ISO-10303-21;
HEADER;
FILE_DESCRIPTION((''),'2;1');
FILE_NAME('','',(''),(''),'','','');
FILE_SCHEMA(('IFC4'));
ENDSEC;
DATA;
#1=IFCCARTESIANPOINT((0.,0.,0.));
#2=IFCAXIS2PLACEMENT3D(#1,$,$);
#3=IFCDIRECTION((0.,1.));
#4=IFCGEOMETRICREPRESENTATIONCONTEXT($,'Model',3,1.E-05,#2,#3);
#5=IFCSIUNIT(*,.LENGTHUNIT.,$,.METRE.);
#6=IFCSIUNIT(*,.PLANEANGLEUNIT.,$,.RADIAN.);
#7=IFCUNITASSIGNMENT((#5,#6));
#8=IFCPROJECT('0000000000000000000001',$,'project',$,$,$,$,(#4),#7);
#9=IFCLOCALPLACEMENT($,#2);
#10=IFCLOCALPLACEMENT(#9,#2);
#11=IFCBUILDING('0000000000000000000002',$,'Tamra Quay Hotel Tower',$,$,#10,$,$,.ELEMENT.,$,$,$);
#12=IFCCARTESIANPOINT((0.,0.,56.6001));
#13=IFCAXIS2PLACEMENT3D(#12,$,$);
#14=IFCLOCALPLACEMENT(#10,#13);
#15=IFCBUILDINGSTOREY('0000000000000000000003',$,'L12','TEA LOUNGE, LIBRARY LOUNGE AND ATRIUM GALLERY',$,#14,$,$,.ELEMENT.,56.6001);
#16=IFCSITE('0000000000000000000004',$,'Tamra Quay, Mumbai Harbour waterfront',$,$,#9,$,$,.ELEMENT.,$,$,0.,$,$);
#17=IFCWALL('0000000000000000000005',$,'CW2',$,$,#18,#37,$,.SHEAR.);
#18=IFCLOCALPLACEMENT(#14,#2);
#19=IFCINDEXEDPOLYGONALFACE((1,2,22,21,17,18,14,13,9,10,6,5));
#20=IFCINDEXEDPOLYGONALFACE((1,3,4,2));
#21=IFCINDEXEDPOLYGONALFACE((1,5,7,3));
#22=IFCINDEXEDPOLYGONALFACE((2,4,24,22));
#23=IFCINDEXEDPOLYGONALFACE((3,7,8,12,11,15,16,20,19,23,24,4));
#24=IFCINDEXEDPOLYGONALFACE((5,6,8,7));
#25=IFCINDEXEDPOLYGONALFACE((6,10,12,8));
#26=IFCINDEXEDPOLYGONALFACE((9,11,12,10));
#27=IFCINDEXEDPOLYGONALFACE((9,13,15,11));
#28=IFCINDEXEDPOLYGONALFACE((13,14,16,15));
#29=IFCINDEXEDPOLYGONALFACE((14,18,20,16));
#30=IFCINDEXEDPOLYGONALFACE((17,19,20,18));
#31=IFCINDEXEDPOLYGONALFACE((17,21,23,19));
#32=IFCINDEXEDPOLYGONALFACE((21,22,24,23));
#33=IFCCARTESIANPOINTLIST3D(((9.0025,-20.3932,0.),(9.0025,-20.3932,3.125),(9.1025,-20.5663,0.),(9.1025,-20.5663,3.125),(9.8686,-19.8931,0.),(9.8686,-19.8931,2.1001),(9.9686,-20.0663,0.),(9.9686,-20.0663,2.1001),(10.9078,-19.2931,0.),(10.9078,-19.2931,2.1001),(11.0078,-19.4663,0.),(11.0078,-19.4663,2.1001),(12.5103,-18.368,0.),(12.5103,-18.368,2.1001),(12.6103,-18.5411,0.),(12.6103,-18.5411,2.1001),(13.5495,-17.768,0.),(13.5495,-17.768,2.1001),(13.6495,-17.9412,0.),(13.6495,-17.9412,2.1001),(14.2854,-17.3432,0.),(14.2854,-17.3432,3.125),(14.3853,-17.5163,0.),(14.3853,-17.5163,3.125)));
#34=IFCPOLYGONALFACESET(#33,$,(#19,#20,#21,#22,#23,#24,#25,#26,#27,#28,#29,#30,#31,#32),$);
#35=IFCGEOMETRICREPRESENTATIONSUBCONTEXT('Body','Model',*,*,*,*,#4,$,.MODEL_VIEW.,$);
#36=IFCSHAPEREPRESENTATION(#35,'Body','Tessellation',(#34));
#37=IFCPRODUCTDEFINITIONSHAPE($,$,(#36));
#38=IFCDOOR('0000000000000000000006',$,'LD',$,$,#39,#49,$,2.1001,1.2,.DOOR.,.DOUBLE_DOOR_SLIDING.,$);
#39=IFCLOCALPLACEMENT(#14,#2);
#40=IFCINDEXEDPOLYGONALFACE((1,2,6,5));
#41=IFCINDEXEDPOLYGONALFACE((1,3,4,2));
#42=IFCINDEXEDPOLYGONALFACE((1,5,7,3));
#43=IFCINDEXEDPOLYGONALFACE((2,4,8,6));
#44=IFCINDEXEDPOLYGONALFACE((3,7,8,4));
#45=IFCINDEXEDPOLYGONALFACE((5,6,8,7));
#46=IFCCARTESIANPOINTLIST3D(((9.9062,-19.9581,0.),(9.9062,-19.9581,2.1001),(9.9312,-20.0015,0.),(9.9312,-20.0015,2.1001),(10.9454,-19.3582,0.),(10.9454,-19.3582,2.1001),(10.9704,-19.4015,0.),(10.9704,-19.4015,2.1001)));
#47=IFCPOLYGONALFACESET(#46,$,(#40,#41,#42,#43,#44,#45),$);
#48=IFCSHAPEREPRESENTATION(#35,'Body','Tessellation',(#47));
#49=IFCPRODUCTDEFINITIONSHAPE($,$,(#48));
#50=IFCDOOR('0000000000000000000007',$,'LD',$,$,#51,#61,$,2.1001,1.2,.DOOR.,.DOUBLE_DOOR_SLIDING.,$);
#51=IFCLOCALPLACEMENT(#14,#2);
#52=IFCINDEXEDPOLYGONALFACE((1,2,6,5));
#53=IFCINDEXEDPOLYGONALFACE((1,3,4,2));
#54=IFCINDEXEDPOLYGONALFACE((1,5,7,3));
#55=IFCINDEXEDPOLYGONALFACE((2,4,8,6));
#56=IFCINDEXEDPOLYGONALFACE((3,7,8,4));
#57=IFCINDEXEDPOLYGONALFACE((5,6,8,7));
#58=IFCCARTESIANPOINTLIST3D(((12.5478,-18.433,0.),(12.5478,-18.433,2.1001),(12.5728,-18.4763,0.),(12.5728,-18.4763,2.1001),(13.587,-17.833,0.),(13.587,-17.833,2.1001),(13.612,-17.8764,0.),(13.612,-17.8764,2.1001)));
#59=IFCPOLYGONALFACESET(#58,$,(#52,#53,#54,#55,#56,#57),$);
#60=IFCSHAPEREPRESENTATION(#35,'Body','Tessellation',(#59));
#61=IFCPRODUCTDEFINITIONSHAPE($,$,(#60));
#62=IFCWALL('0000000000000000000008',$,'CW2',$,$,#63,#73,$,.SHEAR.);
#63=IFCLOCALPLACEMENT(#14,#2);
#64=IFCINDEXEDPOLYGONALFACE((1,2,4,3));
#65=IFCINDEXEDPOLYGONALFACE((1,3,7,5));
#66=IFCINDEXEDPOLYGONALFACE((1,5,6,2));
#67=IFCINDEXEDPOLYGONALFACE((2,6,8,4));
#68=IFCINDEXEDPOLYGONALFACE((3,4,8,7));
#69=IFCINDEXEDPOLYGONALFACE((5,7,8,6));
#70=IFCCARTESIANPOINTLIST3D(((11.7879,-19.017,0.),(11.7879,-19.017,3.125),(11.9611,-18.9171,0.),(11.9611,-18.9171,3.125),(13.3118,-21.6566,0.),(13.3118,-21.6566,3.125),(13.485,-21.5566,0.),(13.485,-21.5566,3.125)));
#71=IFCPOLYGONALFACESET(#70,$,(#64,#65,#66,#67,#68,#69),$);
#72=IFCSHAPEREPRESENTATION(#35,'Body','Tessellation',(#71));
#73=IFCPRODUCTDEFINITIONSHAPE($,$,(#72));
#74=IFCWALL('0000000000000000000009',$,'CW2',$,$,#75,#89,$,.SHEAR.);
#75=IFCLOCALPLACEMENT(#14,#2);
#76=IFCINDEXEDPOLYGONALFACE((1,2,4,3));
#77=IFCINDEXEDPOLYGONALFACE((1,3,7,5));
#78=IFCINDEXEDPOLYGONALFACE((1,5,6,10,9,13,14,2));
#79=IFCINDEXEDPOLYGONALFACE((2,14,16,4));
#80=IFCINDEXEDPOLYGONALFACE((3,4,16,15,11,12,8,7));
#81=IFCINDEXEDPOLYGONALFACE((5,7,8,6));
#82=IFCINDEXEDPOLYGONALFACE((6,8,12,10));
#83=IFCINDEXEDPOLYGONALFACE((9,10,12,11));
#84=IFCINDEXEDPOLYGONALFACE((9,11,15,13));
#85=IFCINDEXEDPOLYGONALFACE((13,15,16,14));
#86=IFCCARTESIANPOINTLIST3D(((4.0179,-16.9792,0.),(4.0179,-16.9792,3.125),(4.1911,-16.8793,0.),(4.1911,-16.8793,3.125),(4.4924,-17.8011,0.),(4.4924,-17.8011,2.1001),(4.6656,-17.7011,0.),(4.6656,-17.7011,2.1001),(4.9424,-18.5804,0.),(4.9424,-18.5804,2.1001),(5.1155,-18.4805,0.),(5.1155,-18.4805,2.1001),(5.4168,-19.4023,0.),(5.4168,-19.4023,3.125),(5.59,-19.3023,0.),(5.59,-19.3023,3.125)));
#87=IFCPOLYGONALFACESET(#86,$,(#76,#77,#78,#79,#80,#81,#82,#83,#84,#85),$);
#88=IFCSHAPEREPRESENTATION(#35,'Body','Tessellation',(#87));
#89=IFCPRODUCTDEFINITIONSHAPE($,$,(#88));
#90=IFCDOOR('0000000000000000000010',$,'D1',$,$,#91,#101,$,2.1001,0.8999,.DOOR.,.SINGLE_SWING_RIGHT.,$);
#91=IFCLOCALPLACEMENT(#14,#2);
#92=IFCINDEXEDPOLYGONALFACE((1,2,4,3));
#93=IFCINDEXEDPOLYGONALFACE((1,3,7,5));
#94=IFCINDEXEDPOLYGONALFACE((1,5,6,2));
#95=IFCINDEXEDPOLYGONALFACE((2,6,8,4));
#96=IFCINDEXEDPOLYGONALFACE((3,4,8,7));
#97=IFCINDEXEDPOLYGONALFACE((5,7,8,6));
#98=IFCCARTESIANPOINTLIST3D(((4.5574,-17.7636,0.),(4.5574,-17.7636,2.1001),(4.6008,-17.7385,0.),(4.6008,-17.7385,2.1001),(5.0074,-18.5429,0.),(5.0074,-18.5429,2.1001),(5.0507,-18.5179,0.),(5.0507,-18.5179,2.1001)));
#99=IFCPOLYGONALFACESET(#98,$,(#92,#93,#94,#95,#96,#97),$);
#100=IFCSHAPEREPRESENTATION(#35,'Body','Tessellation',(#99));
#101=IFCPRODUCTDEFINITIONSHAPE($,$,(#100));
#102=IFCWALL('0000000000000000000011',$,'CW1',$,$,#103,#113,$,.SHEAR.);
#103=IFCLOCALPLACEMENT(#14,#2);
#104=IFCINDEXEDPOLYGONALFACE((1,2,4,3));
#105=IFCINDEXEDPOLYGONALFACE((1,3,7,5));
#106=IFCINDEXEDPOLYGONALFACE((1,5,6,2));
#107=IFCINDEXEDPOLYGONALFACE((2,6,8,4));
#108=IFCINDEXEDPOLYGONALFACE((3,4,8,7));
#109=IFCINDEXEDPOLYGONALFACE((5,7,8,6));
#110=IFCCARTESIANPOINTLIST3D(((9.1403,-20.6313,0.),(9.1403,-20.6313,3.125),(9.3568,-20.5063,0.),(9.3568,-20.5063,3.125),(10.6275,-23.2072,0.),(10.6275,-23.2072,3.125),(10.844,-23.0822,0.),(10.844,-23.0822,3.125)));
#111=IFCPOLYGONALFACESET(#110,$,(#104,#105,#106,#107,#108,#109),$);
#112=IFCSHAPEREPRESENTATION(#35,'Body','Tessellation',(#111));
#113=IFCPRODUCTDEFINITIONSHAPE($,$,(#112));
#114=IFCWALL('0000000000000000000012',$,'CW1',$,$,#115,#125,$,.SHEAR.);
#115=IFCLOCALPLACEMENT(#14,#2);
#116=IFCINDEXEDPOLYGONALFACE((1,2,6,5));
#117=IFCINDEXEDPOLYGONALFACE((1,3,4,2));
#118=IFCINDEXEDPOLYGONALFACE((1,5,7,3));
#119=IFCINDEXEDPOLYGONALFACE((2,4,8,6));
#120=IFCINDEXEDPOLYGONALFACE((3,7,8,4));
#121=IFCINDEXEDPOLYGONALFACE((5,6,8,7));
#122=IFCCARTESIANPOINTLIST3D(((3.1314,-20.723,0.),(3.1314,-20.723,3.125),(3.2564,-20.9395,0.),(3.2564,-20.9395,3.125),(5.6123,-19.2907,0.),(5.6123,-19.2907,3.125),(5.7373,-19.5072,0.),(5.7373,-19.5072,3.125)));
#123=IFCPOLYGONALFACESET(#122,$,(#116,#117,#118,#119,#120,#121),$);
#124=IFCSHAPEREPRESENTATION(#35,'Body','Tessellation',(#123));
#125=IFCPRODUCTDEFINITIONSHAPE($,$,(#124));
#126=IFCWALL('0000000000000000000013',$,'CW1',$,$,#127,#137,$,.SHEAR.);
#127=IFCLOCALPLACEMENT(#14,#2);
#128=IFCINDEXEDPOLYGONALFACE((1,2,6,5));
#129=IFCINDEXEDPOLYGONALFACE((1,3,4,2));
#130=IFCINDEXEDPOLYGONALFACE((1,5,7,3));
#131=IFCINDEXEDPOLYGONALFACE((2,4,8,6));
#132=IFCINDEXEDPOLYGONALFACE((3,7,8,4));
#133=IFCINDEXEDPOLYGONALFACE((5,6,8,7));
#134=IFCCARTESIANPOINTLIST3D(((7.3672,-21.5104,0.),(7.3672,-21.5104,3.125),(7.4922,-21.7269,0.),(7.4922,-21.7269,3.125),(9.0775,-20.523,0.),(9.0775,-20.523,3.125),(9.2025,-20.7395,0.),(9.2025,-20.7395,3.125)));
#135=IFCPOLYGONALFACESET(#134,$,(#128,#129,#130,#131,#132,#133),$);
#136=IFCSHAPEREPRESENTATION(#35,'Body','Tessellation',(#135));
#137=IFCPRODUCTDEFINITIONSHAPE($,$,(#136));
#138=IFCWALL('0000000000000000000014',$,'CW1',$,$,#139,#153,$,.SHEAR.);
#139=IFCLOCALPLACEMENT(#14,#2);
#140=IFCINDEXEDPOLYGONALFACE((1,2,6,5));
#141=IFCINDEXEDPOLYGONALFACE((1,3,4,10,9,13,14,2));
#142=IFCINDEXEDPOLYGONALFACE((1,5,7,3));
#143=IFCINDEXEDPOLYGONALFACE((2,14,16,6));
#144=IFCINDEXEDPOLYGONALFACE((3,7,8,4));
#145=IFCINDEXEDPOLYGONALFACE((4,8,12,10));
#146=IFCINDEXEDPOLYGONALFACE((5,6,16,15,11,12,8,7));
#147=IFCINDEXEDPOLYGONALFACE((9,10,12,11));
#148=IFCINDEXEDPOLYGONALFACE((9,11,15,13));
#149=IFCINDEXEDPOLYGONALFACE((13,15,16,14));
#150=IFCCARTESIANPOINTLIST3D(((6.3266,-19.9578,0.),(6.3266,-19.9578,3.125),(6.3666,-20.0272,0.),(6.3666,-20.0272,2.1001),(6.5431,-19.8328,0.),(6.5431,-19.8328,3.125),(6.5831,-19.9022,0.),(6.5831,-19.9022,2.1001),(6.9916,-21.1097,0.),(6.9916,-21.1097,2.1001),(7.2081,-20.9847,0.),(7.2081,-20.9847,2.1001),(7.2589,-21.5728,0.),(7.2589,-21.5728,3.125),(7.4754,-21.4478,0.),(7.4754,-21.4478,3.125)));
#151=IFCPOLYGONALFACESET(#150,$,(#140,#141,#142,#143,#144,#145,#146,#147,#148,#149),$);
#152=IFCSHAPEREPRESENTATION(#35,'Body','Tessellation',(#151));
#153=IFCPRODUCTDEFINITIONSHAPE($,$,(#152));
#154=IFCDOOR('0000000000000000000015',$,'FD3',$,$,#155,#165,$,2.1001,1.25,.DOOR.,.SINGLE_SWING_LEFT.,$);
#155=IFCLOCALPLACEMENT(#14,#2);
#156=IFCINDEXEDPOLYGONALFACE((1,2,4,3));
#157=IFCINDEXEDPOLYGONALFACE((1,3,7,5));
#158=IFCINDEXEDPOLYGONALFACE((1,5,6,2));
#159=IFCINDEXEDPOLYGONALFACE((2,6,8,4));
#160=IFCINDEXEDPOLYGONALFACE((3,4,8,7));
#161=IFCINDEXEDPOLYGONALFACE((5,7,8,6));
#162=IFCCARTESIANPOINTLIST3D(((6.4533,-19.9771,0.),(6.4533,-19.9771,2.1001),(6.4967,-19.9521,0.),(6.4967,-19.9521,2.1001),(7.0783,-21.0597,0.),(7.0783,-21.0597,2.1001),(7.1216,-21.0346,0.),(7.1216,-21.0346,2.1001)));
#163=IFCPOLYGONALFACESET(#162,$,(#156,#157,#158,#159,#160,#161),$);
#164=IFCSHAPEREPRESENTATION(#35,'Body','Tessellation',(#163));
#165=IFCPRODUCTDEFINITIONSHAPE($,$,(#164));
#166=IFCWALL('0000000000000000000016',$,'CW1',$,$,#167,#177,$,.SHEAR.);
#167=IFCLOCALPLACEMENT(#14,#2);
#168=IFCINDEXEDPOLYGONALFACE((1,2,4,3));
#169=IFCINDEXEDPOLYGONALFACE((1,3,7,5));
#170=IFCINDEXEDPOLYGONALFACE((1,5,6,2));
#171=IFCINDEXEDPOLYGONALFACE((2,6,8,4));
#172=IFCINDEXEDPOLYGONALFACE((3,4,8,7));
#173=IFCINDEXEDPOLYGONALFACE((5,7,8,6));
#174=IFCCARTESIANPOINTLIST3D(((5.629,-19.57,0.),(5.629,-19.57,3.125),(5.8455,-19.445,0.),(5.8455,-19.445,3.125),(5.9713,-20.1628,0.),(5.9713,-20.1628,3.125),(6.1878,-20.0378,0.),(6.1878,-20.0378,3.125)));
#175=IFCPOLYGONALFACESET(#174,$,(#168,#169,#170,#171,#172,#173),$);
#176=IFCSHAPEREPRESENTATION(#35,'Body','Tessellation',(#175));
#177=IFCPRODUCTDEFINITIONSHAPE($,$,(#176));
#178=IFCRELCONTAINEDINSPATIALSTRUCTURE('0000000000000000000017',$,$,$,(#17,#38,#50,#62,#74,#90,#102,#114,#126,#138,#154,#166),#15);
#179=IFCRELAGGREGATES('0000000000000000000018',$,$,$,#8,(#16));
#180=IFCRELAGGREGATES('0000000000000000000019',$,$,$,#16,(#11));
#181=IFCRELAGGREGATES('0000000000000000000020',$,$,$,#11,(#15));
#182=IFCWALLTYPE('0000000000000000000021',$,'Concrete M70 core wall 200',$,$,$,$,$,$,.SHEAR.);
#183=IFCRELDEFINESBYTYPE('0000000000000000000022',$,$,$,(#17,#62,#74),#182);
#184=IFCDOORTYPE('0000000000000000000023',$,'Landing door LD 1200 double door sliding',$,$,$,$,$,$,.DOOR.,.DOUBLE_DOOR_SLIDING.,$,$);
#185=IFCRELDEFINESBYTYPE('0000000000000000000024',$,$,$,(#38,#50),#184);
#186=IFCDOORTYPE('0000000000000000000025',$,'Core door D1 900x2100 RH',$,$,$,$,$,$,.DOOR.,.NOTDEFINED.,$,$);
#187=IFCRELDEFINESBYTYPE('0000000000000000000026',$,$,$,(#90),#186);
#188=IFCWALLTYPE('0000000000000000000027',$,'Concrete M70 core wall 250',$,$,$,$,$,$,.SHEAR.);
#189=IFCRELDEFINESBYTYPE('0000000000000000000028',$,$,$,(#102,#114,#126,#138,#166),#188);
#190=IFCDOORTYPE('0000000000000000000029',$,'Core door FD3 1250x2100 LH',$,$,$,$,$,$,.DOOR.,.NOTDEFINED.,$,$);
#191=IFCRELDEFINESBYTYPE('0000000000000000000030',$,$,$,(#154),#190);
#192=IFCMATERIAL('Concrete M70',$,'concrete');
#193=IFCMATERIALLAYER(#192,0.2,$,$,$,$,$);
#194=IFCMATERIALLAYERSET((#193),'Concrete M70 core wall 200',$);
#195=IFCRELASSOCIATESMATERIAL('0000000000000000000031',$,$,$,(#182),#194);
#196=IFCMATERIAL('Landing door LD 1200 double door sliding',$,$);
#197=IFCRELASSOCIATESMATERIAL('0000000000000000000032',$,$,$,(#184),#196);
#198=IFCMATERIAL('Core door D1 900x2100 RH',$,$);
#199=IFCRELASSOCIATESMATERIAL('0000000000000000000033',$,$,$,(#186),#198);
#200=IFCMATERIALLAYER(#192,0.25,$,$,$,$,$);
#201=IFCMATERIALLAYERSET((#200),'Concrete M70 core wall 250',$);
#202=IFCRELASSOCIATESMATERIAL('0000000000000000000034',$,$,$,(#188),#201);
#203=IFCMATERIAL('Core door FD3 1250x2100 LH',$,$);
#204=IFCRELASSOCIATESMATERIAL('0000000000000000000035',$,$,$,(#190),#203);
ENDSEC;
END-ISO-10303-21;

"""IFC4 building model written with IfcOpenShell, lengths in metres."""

from ifc_helpers import new_model, si_unit, direction, frame, frame_2d, origin, place, context, subcontext, project, spatial, rectangle, extrude, material, layer, layer_set, type_object, element, fill, save


model = new_model("IFC4")

# Units and contexts
model_context = context("Model", 3, precision=1e-05, world=origin(), true_north=direction((0.0, 1.0)))
body_context = subcontext(model_context, "Body", "Model", "MODEL_VIEW")
ifc_project = project(units=[si_unit("LENGTHUNIT", "METRE"), si_unit("PLANEANGLEUNIT", "RADIAN")], contexts=[model_context])

# Site, building, storey
site_placement = place(None, origin())
site = spatial("IfcSite", under=ifc_project, at=site_placement, Name="Tamra Quay, Mumbai Harbour waterfront", CompositionType="ELEMENT", RefElevation=0.0)
building_placement = place(site_placement, origin())
building = spatial("IfcBuilding", under=site, at=building_placement, Name="Tamra Quay Hotel Tower", CompositionType="ELEMENT")
storey_placement = place(building_placement, frame((0.0, 0.0, 56.6001)))
storey = spatial("IfcBuildingStorey", under=building, at=storey_placement, Name="L12", Description="TEA LOUNGE, LIBRARY LOUNGE AND ATRIUM GALLERY", CompositionType="ELEMENT", Elevation=56.6001)

# Shared definitions
ifc_material_1 = material(Name="Concrete M70", Category="concrete")

# Wall, openings, doors
ifc_layer_1 = layer(ifc_material_1, 0.2)
ifc_layer_set_1 = layer_set([ifc_layer_1], Name="Concrete M70 core wall 200")
wall_type_1 = type_object("IfcWallType", Name="Concrete M70 core wall 200", PredefinedType="SHEAR", material=ifc_layer_set_1)
wall_1_placement = place(storey_placement, frame((9.0525, -20.4797, 0.0), z_axis=(0.0, 0.0, 1.0), x_axis=(0.86603, 0.499992, 0.0)))
wall_1 = element("IfcWall", 1, at=wall_1_placement, inside=storey, type_object=wall_type_1, Name="CW2", PredefinedType="SHEAR", context=body_context, shape_type="SweptSolid", body=[
    extrude(rectangle(XDim=6.1001, YDim=0.2, at=frame_2d((3.05, 0.0))), origin(), (0.0, 0.0, 1.0), 3.125),
])
opening_1_placement = place(wall_1_placement, frame((1.0, 0.0, 0.0)))
opening_1 = element("IfcOpeningElement", 2, at=opening_1_placement, cuts=wall_1, PredefinedType="OPENING", context=body_context, shape_type="SweptSolid", body=[
    extrude(rectangle(XDim=1.2, YDim=2.1001, at=frame_2d((0.6001, 1.05))), frame((0.0, 0.1099, 0.0), z_axis=(0.0, -1.0, 0.0), x_axis=(1.0, 0.0, 0.0)), (0.0, 0.0, 1.0), 0.22),
])
opening_2_placement = place(wall_1_placement, frame((4.0503, 0.0, 0.0)))
opening_2 = element("IfcOpeningElement", 3, at=opening_2_placement, cuts=wall_1, PredefinedType="OPENING", context=body_context, shape_type="SweptSolid", body=[
    extrude(rectangle(XDim=1.2, YDim=2.1001, at=frame_2d((0.6001, 1.05))), frame((0.0, 0.1099, 0.0), z_axis=(0.0, -1.0, 0.0), x_axis=(1.0, 0.0, 0.0)), (0.0, 0.0, 1.0), 0.22),
])
ifc_material_2 = material(Name="Landing door LD 1200 double door sliding")
door_type_1 = type_object("IfcDoorType", Name="Landing door LD 1200 double door sliding", OperationType="DOUBLE_DOOR_SLIDING", PredefinedType="DOOR", material=ifc_material_2)
door_1_placement = place(opening_1_placement, origin())
door_1 = element("IfcDoor", 4, at=door_1_placement, inside=storey, type_object=door_type_1, Name="LD", OperationType="DOUBLE_DOOR_SLIDING", OverallHeight=2.1001, OverallWidth=1.2, PredefinedType="DOOR", context=body_context, shape_type="SweptSolid", body=[
    extrude(rectangle(XDim=1.2, YDim=2.1001, at=frame_2d((0.6001, 1.05))), frame((0.0, 0.0249, 0.0), z_axis=(0.0, -1.0, 0.0), x_axis=(1.0, 0.0, 0.0)), (0.0, 0.0, 1.0), 0.05),
])
fill(opening_1, door_1)
door_2_placement = place(opening_2_placement, origin())
door_2 = element("IfcDoor", 5, at=door_2_placement, inside=storey, type_object=door_type_1, Name="LD", OperationType="DOUBLE_DOOR_SLIDING", OverallHeight=2.1001, OverallWidth=1.2, PredefinedType="DOOR", context=body_context, shape_type="SweptSolid", body=[
    extrude(rectangle(XDim=1.2, YDim=2.1001, at=frame_2d((0.6001, 1.05))), frame((0.0, 0.0249, 0.0), z_axis=(0.0, -1.0, 0.0), x_axis=(1.0, 0.0, 0.0)), (0.0, 0.0, 1.0), 0.05),
])
fill(opening_2, door_2)

# Wall
wall_2_placement = place(storey_placement, frame((11.8745, -18.967, 0.0), z_axis=(0.0, 0.0, 1.0), x_axis=(0.499981, -0.866036, 0.0)))
element("IfcWall", 6, at=wall_2_placement, inside=storey, type_object=wall_type_1, Name="CW2", PredefinedType="SHEAR", context=body_context, shape_type="SweptSolid", body=[
    extrude(rectangle(XDim=3.0479, YDim=0.2, at=frame_2d((1.5239, 0.0))), origin(), (0.0, 0.0, 1.0), 3.125),
])

# Wall, opening, door
wall_3_placement = place(storey_placement, frame((5.5034, -19.3523, 0.0), z_axis=(0.0, 0.0, 1.0), x_axis=(-0.499987, 0.866033, 0.0)))
wall_3 = element("IfcWall", 7, at=wall_3_placement, inside=storey, type_object=wall_type_1, Name="CW2", PredefinedType="SHEAR", context=body_context, shape_type="SweptSolid", body=[
    extrude(rectangle(XDim=2.7979, YDim=0.2, at=frame_2d((1.3989, 0.0))), origin(), (0.0, 0.0, 1.0), 3.125),
])
opening_3_placement = place(wall_3_placement, frame((0.949, 0.0, 0.0)))
opening_3 = element("IfcOpeningElement", 8, at=opening_3_placement, cuts=wall_3, PredefinedType="OPENING", context=body_context, shape_type="SweptSolid", body=[
    extrude(rectangle(XDim=0.8999, YDim=2.1001, at=frame_2d((0.45, 1.05))), frame((0.0, 0.1099, 0.0), z_axis=(0.0, -1.0, 0.0), x_axis=(1.0, 0.0, 0.0)), (0.0, 0.0, 1.0), 0.22),
])
ifc_material_3 = material(Name="Core door D1 900x2100 RH")
door_type_2 = type_object("IfcDoorType", Name="Core door D1 900x2100 RH", OperationType="NOTDEFINED", PredefinedType="DOOR", material=ifc_material_3)
door_3_placement = place(opening_3_placement, origin())
door_3 = element("IfcDoor", 9, at=door_3_placement, inside=storey, type_object=door_type_2, Name="D1", OperationType="SINGLE_SWING_RIGHT", OverallHeight=2.1001, OverallWidth=0.8999, PredefinedType="DOOR", context=body_context, shape_type="SweptSolid", body=[
    extrude(rectangle(XDim=0.8999, YDim=2.1001, at=frame_2d((0.45, 1.05))), frame((0.0, 0.0249, 0.0), z_axis=(0.0, -1.0, 0.0), x_axis=(1.0, 0.0, 0.0)), (0.0, 0.0, 1.0), 0.05),
])
fill(opening_3, door_3)

# Walls
ifc_layer_2 = layer(ifc_material_1, 0.25)
ifc_layer_set_2 = layer_set([ifc_layer_2], Name="Concrete M70 core wall 250")
wall_type_2 = type_object("IfcWallType", Name="Concrete M70 core wall 250", PredefinedType="SHEAR", material=ifc_layer_set_2)
wall_4_placement = place(storey_placement, frame((10.7358, -23.1448, 0.0), z_axis=(0.0, 0.0, 1.0), x_axis=(-0.500023, 0.866012, 0.0)))
element("IfcWall", 10, at=wall_4_placement, inside=storey, type_object=wall_type_2, Name="CW1", PredefinedType="SHEAR", context=body_context, shape_type="SweptSolid", body=[
    extrude(rectangle(XDim=2.9744, YDim=0.25, at=frame_2d((1.4873, 0.0))), origin(), (0.0, 0.0, 1.0), 3.125),
])
wall_5_placement = place(storey_placement, frame((5.6748, -19.3989, 0.0), z_axis=(0.0, 0.0, 1.0), x_axis=(-0.866027, -0.499998, 0.0)))
element("IfcWall", 11, at=wall_5_placement, inside=storey, type_object=wall_type_2, Name="CW1", PredefinedType="SHEAR", context=body_context, shape_type="SweptSolid", body=[
    extrude(rectangle(XDim=2.8647, YDim=0.25, at=frame_2d((1.4324, 0.0))), origin(), (0.0, 0.0, 1.0), 3.125),
])
wall_6_placement = place(storey_placement, frame((9.1399, -20.6313, 0.0), z_axis=(0.0, 0.0, 1.0), x_axis=(-0.866044, -0.499969, 0.0)))
element("IfcWall", 12, at=wall_6_placement, inside=storey, type_object=wall_type_2, Name="CW1", PredefinedType="SHEAR", context=body_context, shape_type="SweptSolid", body=[
    extrude(rectangle(XDim=1.9749, YDim=0.25, at=frame_2d((0.9873, 0.0))), origin(), (0.0, 0.0, 1.0), 3.125),
])

# Wall, opening, door
wall_7_placement = place(storey_placement, frame((7.3672, -21.5103, 0.0), z_axis=(0.0, 0.0, 1.0), x_axis=(-0.499983, 0.866035, 0.0)))
wall_7 = element("IfcWall", 13, at=wall_7_placement, inside=storey, type_object=wall_type_2, Name="CW1", PredefinedType="SHEAR", context=body_context, shape_type="SweptSolid", body=[
    extrude(rectangle(XDim=1.8647, YDim=0.25, at=frame_2d((0.9324, 0.0))), origin(), (0.0, 0.0, 1.0), 3.125),
])
opening_4_placement = place(wall_7_placement, frame((0.5347, 0.0, 0.0)))
opening_4 = element("IfcOpeningElement", 14, at=opening_4_placement, cuts=wall_7, PredefinedType="OPENING", context=body_context, shape_type="SweptSolid", body=[
    extrude(rectangle(XDim=1.25, YDim=2.1001, at=frame_2d((0.625, 1.05))), frame((0.0, 0.135, 0.0), z_axis=(0.0, -1.0, 0.0), x_axis=(1.0, 0.0, 0.0)), (0.0, 0.0, 1.0), 0.27),
])
ifc_material_4 = material(Name="Core door FD3 1250x2100 LH")
door_type_3 = type_object("IfcDoorType", Name="Core door FD3 1250x2100 LH", OperationType="NOTDEFINED", PredefinedType="DOOR", material=ifc_material_4)
door_4_placement = place(opening_4_placement, origin())
door_4 = element("IfcDoor", 15, at=door_4_placement, inside=storey, type_object=door_type_3, Name="FD3", OperationType="SINGLE_SWING_LEFT", OverallHeight=2.1001, OverallWidth=1.25, PredefinedType="DOOR", context=body_context, shape_type="SweptSolid", body=[
    extrude(rectangle(XDim=1.25, YDim=2.1001, at=frame_2d((0.625, 1.05))), frame((0.0, 0.0249, 0.0), z_axis=(0.0, -1.0, 0.0), x_axis=(1.0, 0.0, 0.0)), (0.0, 0.0, 1.0), 0.05),
])
fill(opening_4, door_4)

# Wall
wall_8_placement = place(storey_placement, frame((6.0796, -20.1003, 0.0), z_axis=(0.0, 0.0, 1.0), x_axis=(-0.500052, 0.865996, 0.0)))
element("IfcWall", 16, at=wall_8_placement, inside=storey, type_object=wall_type_2, Name="CW1", PredefinedType="SHEAR", context=body_context, shape_type="SweptSolid", body=[
    extrude(rectangle(XDim=0.6846, YDim=0.25, at=frame_2d((0.3423, 0.0))), origin(), (0.0, 0.0, 1.0), 3.125),
])

save(model, "model.ifc")
